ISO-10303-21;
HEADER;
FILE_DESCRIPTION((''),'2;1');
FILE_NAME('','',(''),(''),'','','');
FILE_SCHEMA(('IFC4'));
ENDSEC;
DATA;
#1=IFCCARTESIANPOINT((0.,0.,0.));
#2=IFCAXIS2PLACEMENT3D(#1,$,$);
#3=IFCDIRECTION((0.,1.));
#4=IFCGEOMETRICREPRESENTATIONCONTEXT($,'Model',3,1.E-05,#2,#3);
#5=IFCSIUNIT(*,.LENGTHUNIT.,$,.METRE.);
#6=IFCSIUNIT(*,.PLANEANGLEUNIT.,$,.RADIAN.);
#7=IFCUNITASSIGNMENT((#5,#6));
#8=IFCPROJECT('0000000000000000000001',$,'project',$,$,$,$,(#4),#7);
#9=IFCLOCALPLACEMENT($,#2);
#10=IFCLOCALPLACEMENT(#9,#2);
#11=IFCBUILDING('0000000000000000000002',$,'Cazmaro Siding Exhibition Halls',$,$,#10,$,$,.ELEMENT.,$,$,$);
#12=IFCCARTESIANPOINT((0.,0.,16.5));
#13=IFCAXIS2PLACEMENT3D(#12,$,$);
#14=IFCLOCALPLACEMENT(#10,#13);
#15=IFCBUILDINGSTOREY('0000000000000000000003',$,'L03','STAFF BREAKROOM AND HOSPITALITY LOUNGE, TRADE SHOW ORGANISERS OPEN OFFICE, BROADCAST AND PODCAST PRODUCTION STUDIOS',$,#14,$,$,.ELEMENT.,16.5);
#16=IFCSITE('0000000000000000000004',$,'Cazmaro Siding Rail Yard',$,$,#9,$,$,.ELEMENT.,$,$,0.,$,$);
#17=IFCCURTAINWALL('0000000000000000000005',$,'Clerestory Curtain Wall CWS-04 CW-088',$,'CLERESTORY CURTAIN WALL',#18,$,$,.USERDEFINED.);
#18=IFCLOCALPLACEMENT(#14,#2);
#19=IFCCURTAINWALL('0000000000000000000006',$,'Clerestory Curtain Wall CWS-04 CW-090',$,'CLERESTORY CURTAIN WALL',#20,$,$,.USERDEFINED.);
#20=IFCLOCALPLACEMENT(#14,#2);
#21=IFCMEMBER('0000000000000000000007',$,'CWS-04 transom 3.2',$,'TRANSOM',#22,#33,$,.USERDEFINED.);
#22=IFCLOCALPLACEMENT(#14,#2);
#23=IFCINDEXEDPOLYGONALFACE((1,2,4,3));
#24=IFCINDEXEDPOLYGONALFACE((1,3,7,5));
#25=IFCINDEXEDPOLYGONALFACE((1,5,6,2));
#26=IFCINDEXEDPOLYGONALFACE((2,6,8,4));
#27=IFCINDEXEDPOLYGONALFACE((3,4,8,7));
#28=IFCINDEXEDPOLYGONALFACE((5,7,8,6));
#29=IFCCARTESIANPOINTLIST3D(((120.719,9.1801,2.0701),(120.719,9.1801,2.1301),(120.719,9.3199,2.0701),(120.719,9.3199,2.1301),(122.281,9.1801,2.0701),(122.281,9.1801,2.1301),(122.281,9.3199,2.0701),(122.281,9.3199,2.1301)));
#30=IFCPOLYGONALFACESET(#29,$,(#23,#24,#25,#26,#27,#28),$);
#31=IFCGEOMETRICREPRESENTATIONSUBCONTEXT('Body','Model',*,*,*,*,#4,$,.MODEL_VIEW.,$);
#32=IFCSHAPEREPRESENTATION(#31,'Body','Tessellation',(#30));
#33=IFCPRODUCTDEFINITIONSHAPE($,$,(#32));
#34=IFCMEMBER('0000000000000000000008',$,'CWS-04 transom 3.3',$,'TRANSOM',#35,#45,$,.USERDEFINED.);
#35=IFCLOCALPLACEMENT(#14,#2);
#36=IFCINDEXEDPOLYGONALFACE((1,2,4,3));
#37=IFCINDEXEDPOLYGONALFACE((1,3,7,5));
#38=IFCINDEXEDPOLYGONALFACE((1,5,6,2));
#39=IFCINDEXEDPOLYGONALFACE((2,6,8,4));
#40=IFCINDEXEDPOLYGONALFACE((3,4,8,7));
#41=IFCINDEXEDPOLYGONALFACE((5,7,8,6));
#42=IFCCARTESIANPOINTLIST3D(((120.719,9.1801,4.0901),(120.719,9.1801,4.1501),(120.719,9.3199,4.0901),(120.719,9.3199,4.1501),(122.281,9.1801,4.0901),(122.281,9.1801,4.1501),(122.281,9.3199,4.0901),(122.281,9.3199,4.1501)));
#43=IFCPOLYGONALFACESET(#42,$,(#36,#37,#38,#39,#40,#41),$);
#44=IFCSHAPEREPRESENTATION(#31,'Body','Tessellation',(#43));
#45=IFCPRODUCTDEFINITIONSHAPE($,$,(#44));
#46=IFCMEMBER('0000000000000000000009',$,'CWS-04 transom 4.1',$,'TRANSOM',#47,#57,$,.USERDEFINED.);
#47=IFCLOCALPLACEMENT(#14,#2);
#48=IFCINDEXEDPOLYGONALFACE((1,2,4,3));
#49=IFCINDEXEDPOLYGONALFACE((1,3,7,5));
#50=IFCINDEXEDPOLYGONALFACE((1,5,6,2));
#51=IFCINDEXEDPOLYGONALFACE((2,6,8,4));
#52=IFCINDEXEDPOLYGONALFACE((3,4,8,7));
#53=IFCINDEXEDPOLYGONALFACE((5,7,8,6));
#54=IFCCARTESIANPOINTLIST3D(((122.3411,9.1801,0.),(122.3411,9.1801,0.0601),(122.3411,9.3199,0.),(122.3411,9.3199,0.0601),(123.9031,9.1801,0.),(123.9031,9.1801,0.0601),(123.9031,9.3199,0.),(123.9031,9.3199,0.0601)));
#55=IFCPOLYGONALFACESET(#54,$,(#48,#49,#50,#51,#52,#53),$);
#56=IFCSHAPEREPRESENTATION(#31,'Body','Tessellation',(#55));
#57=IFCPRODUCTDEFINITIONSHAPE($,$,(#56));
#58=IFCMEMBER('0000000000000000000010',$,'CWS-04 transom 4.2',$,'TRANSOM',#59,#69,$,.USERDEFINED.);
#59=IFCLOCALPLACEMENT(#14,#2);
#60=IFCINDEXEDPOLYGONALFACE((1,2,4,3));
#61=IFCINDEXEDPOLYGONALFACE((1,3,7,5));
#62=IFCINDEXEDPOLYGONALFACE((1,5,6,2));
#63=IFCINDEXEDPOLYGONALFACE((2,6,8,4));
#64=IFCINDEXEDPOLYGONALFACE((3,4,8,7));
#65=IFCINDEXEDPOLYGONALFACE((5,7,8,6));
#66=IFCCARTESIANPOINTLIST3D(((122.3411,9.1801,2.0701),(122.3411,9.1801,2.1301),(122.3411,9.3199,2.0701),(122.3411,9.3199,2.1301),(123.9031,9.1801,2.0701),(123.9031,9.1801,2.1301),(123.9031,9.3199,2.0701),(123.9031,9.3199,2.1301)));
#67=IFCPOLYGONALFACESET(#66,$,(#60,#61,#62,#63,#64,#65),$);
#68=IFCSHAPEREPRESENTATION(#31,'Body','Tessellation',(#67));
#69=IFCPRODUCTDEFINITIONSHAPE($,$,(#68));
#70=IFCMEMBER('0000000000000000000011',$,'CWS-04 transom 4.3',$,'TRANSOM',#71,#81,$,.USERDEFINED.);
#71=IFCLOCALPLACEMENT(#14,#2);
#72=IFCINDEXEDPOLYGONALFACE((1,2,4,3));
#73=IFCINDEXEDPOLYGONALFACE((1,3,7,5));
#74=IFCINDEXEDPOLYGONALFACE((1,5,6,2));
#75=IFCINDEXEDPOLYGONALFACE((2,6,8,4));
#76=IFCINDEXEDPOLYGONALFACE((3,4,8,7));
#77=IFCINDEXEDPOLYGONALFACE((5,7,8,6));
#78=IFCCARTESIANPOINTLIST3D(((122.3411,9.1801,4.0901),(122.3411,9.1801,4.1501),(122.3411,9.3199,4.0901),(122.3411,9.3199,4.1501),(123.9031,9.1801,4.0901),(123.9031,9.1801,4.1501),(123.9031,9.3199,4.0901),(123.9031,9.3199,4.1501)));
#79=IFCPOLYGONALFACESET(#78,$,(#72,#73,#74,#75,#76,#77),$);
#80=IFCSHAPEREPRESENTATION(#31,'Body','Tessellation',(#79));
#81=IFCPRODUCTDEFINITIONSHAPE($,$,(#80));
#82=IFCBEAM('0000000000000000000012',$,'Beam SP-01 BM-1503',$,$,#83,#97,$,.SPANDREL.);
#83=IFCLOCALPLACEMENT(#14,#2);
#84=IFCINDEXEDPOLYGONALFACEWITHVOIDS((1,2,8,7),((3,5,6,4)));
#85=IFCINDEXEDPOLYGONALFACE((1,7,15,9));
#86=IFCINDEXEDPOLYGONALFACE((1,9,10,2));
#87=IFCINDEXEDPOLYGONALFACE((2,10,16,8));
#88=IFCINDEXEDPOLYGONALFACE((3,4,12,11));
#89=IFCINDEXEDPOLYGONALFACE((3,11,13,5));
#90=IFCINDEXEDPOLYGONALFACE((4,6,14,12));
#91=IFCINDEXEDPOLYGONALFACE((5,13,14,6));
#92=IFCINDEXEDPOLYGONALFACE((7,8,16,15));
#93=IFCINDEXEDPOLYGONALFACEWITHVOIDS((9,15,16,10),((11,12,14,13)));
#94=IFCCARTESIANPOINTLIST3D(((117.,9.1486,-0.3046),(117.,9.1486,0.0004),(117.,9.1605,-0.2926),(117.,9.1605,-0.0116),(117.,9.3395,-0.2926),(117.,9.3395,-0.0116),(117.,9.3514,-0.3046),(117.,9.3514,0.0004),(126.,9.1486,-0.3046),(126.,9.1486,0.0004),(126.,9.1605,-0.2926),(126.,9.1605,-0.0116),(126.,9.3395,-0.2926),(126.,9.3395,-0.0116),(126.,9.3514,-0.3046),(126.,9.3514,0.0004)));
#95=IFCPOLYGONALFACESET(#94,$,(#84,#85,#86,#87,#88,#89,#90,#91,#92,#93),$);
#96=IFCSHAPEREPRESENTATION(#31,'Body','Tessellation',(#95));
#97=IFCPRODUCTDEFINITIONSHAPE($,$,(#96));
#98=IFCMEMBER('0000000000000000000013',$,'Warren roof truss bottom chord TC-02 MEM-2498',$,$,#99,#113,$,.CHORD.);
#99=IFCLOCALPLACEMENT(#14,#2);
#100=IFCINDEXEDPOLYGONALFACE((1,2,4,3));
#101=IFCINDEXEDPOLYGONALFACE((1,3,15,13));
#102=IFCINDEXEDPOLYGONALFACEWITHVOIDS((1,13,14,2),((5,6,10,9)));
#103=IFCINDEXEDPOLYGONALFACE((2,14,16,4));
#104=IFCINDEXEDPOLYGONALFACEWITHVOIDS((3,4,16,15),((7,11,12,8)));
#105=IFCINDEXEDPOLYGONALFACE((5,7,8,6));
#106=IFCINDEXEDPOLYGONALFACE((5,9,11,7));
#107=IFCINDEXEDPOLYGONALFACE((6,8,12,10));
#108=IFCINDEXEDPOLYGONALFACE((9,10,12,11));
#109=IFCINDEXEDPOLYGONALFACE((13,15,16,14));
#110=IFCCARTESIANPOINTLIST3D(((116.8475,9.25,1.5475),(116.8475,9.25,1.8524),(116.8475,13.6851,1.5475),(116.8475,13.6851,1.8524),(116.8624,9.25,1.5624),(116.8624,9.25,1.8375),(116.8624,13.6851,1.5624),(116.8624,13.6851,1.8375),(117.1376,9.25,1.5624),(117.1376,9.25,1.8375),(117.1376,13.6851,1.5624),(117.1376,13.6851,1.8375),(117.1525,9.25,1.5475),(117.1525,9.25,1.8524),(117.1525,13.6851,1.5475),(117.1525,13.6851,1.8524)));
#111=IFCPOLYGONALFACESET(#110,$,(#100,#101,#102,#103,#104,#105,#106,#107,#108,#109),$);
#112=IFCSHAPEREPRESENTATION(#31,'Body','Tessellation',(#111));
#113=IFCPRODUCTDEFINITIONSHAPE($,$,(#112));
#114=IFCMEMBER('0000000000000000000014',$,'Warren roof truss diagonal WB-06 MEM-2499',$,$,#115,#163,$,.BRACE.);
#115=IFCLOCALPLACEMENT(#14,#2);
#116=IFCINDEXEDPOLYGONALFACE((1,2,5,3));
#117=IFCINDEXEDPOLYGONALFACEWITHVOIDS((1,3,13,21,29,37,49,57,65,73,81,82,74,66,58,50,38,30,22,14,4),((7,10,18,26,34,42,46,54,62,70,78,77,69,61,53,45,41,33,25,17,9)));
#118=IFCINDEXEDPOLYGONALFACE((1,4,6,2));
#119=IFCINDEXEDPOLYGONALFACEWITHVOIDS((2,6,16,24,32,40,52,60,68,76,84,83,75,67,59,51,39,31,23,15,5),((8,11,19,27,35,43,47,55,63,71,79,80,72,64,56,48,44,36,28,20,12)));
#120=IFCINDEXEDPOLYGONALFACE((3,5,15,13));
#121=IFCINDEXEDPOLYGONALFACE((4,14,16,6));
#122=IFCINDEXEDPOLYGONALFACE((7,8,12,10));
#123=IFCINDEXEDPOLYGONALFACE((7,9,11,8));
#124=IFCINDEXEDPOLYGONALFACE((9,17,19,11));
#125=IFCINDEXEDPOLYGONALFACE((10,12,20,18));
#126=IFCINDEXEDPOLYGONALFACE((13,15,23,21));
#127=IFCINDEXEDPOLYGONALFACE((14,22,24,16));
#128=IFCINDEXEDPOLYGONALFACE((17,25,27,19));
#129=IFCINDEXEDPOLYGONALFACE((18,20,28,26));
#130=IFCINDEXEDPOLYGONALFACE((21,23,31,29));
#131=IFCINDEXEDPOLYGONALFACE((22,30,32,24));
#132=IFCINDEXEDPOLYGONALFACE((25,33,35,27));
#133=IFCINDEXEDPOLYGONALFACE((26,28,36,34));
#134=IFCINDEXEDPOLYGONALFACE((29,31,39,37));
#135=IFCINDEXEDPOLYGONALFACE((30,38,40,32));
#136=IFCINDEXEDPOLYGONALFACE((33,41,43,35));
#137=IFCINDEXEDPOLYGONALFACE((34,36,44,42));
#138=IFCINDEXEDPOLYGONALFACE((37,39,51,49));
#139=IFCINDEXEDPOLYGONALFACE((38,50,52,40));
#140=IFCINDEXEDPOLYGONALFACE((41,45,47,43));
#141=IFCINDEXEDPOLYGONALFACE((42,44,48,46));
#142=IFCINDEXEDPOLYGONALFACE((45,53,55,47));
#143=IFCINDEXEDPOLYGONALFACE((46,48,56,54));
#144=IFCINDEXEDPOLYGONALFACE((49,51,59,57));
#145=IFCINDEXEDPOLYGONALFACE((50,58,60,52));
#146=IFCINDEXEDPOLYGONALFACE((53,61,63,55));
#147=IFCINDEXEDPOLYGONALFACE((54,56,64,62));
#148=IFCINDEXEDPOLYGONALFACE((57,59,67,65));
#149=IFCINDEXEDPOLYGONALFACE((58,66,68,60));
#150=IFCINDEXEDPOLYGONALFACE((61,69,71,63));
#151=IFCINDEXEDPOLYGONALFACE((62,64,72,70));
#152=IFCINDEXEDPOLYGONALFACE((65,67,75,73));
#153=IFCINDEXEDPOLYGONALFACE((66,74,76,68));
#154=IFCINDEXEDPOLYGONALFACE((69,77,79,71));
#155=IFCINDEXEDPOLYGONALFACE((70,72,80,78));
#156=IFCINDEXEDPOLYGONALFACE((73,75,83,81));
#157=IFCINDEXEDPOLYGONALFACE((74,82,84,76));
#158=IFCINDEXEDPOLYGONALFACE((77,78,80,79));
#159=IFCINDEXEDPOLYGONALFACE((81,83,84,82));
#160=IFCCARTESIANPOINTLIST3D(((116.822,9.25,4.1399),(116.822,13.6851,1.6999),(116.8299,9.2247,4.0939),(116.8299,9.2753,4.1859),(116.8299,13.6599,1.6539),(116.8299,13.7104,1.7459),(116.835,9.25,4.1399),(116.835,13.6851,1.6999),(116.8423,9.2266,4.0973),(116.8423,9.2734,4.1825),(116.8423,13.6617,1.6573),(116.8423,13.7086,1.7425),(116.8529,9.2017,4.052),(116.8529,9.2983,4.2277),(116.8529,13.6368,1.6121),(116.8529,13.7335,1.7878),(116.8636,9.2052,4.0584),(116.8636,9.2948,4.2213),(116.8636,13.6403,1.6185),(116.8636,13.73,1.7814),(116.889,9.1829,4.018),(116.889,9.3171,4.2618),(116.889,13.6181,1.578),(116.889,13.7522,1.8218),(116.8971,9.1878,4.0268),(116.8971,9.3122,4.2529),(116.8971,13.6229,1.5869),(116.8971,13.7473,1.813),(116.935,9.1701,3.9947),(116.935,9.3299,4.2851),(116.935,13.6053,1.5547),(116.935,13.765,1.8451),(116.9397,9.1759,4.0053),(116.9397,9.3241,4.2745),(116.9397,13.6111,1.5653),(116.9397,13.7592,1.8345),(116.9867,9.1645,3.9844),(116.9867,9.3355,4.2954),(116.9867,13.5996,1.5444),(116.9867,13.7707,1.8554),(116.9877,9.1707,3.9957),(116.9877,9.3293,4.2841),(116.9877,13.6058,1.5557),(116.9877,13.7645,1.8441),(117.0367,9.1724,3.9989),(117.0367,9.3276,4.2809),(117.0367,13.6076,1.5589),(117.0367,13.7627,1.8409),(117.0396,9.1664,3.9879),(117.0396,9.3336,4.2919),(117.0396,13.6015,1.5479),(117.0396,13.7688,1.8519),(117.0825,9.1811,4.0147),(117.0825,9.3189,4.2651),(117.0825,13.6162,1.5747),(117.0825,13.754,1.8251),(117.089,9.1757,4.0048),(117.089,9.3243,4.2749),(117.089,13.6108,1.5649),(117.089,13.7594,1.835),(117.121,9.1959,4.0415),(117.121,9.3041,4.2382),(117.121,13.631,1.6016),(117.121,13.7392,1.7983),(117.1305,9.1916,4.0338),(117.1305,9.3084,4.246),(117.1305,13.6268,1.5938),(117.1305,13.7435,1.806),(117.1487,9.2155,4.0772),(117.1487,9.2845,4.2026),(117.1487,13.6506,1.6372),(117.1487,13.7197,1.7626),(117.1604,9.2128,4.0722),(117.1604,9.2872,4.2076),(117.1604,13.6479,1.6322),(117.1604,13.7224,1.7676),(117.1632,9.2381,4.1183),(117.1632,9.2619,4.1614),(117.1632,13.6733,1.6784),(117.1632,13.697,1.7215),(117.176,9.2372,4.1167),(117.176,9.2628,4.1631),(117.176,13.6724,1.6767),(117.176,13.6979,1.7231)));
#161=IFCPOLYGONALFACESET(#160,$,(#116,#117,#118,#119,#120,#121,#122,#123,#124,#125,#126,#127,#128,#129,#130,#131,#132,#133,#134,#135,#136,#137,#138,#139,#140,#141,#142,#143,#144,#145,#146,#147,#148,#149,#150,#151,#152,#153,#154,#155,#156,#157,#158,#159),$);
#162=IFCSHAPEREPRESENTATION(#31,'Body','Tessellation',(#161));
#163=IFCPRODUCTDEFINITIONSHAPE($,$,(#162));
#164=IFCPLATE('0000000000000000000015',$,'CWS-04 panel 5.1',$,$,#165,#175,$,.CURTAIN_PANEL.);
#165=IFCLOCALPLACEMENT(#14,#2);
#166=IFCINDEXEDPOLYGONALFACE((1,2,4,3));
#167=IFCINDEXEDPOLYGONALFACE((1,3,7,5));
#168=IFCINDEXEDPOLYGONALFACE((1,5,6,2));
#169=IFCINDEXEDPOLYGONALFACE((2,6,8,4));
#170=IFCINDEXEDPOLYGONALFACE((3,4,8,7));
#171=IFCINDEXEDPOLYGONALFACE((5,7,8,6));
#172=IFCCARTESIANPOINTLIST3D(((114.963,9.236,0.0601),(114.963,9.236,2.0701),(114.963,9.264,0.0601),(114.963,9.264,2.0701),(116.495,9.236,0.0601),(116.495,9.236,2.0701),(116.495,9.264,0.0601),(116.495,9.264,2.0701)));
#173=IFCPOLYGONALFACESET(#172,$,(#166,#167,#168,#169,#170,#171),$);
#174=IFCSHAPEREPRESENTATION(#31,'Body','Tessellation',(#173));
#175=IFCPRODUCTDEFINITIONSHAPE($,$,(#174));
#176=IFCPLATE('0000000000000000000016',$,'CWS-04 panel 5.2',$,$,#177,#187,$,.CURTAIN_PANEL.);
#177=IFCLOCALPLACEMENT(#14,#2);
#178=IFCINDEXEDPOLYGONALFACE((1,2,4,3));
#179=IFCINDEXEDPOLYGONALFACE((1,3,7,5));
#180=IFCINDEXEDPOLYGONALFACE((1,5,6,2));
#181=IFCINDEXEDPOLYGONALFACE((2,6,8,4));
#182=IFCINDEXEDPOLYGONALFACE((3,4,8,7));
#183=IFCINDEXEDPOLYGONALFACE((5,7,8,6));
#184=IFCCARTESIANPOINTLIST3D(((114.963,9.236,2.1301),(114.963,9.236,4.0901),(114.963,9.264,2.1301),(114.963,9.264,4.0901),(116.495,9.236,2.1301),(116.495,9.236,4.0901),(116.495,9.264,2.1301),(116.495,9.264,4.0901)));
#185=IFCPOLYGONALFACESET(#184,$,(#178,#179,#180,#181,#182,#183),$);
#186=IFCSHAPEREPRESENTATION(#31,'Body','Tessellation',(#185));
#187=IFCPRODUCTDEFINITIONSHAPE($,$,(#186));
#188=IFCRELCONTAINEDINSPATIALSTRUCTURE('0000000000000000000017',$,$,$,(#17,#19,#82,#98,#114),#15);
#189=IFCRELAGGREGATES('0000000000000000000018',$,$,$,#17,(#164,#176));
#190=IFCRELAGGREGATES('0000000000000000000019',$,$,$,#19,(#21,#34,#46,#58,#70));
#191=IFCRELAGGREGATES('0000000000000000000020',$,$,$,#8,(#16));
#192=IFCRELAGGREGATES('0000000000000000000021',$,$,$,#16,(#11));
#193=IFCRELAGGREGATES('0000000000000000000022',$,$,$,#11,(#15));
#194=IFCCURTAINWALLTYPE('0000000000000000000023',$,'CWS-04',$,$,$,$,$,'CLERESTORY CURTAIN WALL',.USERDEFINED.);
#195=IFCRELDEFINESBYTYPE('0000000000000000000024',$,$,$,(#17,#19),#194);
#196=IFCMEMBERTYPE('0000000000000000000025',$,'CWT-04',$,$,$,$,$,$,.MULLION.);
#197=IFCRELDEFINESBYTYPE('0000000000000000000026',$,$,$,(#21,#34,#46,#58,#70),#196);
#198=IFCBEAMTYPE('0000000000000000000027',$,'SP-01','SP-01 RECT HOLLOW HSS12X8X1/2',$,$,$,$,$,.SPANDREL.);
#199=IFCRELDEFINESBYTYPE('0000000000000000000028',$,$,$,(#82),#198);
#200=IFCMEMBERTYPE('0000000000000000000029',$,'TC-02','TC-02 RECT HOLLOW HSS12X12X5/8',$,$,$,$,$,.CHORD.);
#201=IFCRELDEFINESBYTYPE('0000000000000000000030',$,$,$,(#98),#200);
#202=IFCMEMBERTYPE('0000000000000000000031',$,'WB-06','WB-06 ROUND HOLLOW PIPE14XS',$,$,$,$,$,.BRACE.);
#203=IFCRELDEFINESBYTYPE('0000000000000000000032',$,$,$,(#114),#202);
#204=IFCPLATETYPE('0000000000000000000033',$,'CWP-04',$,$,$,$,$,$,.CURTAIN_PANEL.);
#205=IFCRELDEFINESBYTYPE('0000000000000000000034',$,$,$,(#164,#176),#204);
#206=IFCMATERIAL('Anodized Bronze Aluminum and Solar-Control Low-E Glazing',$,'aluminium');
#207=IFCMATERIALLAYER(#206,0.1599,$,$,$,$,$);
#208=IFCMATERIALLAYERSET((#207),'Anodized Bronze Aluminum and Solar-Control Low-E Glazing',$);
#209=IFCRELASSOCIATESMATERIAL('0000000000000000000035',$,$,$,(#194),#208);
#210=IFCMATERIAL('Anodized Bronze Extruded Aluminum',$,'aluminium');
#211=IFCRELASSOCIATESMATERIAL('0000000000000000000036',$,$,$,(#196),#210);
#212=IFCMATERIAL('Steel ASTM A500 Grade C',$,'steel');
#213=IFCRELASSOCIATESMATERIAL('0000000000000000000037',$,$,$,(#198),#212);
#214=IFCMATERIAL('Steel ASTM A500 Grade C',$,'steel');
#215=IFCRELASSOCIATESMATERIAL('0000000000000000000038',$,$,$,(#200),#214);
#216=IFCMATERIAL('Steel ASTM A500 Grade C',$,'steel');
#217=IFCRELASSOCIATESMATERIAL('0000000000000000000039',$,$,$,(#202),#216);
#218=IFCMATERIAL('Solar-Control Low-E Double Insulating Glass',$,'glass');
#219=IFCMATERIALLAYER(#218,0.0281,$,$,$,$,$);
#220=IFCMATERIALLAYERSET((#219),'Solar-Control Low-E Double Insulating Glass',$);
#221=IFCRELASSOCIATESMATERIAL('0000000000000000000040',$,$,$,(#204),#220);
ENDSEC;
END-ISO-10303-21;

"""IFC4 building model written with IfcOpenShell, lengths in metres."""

from ifc_helpers import new_model, si_unit, direction, frame, origin, origin_2d, place, context, subcontext, project, spatial, rectangle, hollow_rectangle, hollow_circle, extrude, material, layer, layer_set, material_profile, profile_set, type_object, element, aggregate, save


model = new_model("IFC4")

# Units and contexts
model_context = context("Model", 3, precision=1e-05, world=origin(), true_north=direction((0.0, 1.0)))
body_context = subcontext(model_context, "Body", "Model", "MODEL_VIEW")
ifc_project = project(units=[si_unit("LENGTHUNIT", "METRE"), si_unit("PLANEANGLEUNIT", "RADIAN")], contexts=[model_context])

# Site, building, storey
site_placement = place(None, origin())
site = spatial("IfcSite", under=ifc_project, at=site_placement, Name="Cazmaro Siding Rail Yard", CompositionType="ELEMENT", RefElevation=0.0)
building_placement = place(site_placement, origin())
building = spatial("IfcBuilding", under=site, at=building_placement, Name="Cazmaro Siding Exhibition Halls", CompositionType="ELEMENT")
storey_placement = place(building_placement, frame((0.0, 0.0, 16.5)))
storey = spatial("IfcBuildingStorey", under=building, at=storey_placement, Name="L03", Description="STAFF BREAKROOM AND HOSPITALITY LOUNGE, TRADE SHOW ORGANISERS OPEN OFFICE, BROADCAST AND PODCAST PRODUCTION STUDIOS", CompositionType="ELEMENT", Elevation=16.5)

# Curtain wall
ifc_material_1 = material(Name="Anodized Bronze Aluminum and Solar-Control Low-E Glazing", Category="aluminium")
ifc_layer_1 = layer(ifc_material_1, 0.1599)
ifc_layer_set_1 = layer_set([ifc_layer_1], Name="Anodized Bronze Aluminum and Solar-Control Low-E Glazing")
curtain_wall_type = type_object("IfcCurtainWallType", Name="CWS-04", ElementType="CLERESTORY CURTAIN WALL", PredefinedType="USERDEFINED", material=ifc_layer_set_1)
curtain_wall_1_placement = place(storey_placement, origin())
curtain_wall_1 = element("IfcCurtainWall", 1, at=curtain_wall_1_placement, inside=storey, type_object=curtain_wall_type, Name="Clerestory Curtain Wall CWS-04 CW-088", ObjectType="CLERESTORY CURTAIN WALL", PredefinedType="USERDEFINED")

# Curtain wall, members
curtain_wall_2_placement = place(storey_placement, origin())
curtain_wall_2 = element("IfcCurtainWall", 2, at=curtain_wall_2_placement, inside=storey, type_object=curtain_wall_type, Name="Clerestory Curtain Wall CWS-04 CW-090", ObjectType="CLERESTORY CURTAIN WALL", PredefinedType="USERDEFINED")
ifc_material_2 = material(Name="Anodized Bronze Extruded Aluminum", Category="aluminium")
ifc_material_profile_1 = material_profile(ifc_material_2, rectangle(XDim=0.1399, YDim=0.0601, at=origin_2d()), Name="CWT-04")
ifc_profile_set_1 = profile_set([ifc_material_profile_1], Name="Anodized Bronze Extruded Aluminum")
member_type_1 = type_object("IfcMemberType", Name="CWT-04", PredefinedType="MULLION", material=ifc_profile_set_1)
member_1_placement = place(storey_placement, frame((120.719, 9.25, 2.1001), z_axis=(1.0, 0.0, 0.0), x_axis=(0.0, 1.0, 0.0)))
member_1 = element("IfcMember", 3, at=member_1_placement, type_object=member_type_1, Name="CWS-04 transom 3.2", ObjectType="TRANSOM", PredefinedType="USERDEFINED", context=body_context, shape_type="SweptSolid", body=[
    extrude(rectangle(XDim=0.1399, YDim=0.0601, at=origin_2d()), origin(), (0.0, 0.0, 1.0), 1.562),
])
member_2_placement = place(storey_placement, frame((120.719, 9.25, 4.1201), z_axis=(1.0, 0.0, 0.0), x_axis=(0.0, 1.0, 0.0)))
member_2 = element("IfcMember", 4, at=member_2_placement, type_object=member_type_1, Name="CWS-04 transom 3.3", ObjectType="TRANSOM", PredefinedType="USERDEFINED", context=body_context, shape_type="SweptSolid", body=[
    extrude(rectangle(XDim=0.1399, YDim=0.0601, at=origin_2d()), origin(), (0.0, 0.0, 1.0), 1.562),
])
member_3_placement = place(storey_placement, frame((122.3411, 9.25, 0.03), z_axis=(1.0, 0.0, 0.0), x_axis=(0.0, 1.0, 0.0)))
member_3 = element("IfcMember", 5, at=member_3_placement, type_object=member_type_1, Name="CWS-04 transom 4.1", ObjectType="TRANSOM", PredefinedType="USERDEFINED", context=body_context, shape_type="SweptSolid", body=[
    extrude(rectangle(XDim=0.1399, YDim=0.0601, at=origin_2d()), origin(), (0.0, 0.0, 1.0), 1.562),
])
member_4_placement = place(storey_placement, frame((122.3411, 9.25, 2.1001), z_axis=(1.0, 0.0, 0.0), x_axis=(0.0, 1.0, 0.0)))
member_4 = element("IfcMember", 6, at=member_4_placement, type_object=member_type_1, Name="CWS-04 transom 4.2", ObjectType="TRANSOM", PredefinedType="USERDEFINED", context=body_context, shape_type="SweptSolid", body=[
    extrude(rectangle(XDim=0.1399, YDim=0.0601, at=origin_2d()), origin(), (0.0, 0.0, 1.0), 1.562),
])
member_5_placement = place(storey_placement, frame((122.3411, 9.25, 4.1201), z_axis=(1.0, 0.0, 0.0), x_axis=(0.0, 1.0, 0.0)))
member_5 = element("IfcMember", 7, at=member_5_placement, type_object=member_type_1, Name="CWS-04 transom 4.3", ObjectType="TRANSOM", PredefinedType="USERDEFINED", context=body_context, shape_type="SweptSolid", body=[
    extrude(rectangle(XDim=0.1399, YDim=0.0601, at=origin_2d()), origin(), (0.0, 0.0, 1.0), 1.562),
])

# Beam
ifc_material_3 = material(Name="Steel ASTM A500 Grade C", Category="steel")
ifc_material_profile_2 = material_profile(ifc_material_3, hollow_rectangle(XDim=0.2029, YDim=0.3049, WallThickness=0.012, at=origin_2d()), Name="HSS12X8X1/2")
ifc_profile_set_2 = profile_set([ifc_material_profile_2], Name="Steel ASTM A500 Grade C")
beam_type = type_object("IfcBeamType", Name="SP-01", Description="SP-01 RECT HOLLOW HSS12X8X1/2", PredefinedType="SPANDREL", material=ifc_profile_set_2)
beam_placement = place(storey_placement, frame((117.0, 9.25, -0.1521), z_axis=(1.0, 0.0, 0.0), x_axis=(0.0, 1.0, 0.0)))
element("IfcBeam", 8, at=beam_placement, inside=storey, type_object=beam_type, Name="Beam SP-01 BM-1503", PredefinedType="SPANDREL", context=body_context, shape_type="SweptSolid", body=[
    extrude(hollow_rectangle(XDim=0.2029, YDim=0.3049, WallThickness=0.012, at=origin_2d()), origin(), (0.0, 0.0, 1.0), 9.0),
])

# Members
ifc_material_4 = material(Name="Steel ASTM A500 Grade C", Category="steel")
ifc_material_profile_3 = material_profile(ifc_material_4, hollow_rectangle(XDim=0.3049, YDim=0.3049, WallThickness=0.0149, at=origin_2d()), Name="HSS12X12X5/8")
ifc_profile_set_3 = profile_set([ifc_material_profile_3], Name="Steel ASTM A500 Grade C")
member_type_2 = type_object("IfcMemberType", Name="TC-02", Description="TC-02 RECT HOLLOW HSS12X12X5/8", PredefinedType="CHORD", material=ifc_profile_set_3)
member_6_placement = place(storey_placement, frame((117.0, 9.25, 1.7), z_axis=(0.0, 1.0, 0.0), x_axis=(-1.0, 0.0, 0.0)))
element("IfcMember", 9, at=member_6_placement, inside=storey, type_object=member_type_2, Name="Warren roof truss bottom chord TC-02 MEM-2498", PredefinedType="CHORD", context=body_context, shape_type="SweptSolid", body=[
    extrude(hollow_rectangle(XDim=0.3049, YDim=0.3049, WallThickness=0.0149, at=origin_2d()), origin(), (0.0, 0.0, 1.0), 4.4351),
])
ifc_material_5 = material(Name="Steel ASTM A500 Grade C", Category="steel")
ifc_material_profile_4 = material_profile(ifc_material_5, hollow_circle(Radius=0.178, WallThickness=0.0129, at=origin_2d()), Name="PIPE14XS")
ifc_profile_set_4 = profile_set([ifc_material_profile_4], Name="Steel ASTM A500 Grade C")
member_type_3 = type_object("IfcMemberType", Name="WB-06", Description="WB-06 ROUND HOLLOW PIPE14XS", PredefinedType="BRACE", material=ifc_profile_set_4)
member_7_placement = place(storey_placement, frame((117.0, 9.25, 4.1399), z_axis=(0.0, 0.876161, -0.482019), x_axis=(-1.0, 0.0, 0.0)))
element("IfcMember", 10, at=member_7_placement, inside=storey, type_object=member_type_3, Name="Warren roof truss diagonal WB-06 MEM-2499", PredefinedType="BRACE", context=body_context, shape_type="SweptSolid", body=[
    extrude(hollow_circle(Radius=0.178, WallThickness=0.0129, at=origin_2d()), origin(), (0.0, 0.0, 1.0), 5.062),
])

# Plates
ifc_material_6 = material(Name="Solar-Control Low-E Double Insulating Glass", Category="glass")
ifc_layer_2 = layer(ifc_material_6, 0.0281)
ifc_layer_set_2 = layer_set([ifc_layer_2], Name="Solar-Control Low-E Double Insulating Glass")
plate_type = type_object("IfcPlateType", Name="CWP-04", PredefinedType="CURTAIN_PANEL", material=ifc_layer_set_2)
plate_1_placement = place(storey_placement, frame((115.729, 9.25, 0.0601), z_axis=(0.0, 0.0, 1.0), x_axis=(1.0, 0.0, 0.0)))
plate_1 = element("IfcPlate", 11, at=plate_1_placement, type_object=plate_type, Name="CWS-04 panel 5.1", PredefinedType="CURTAIN_PANEL", context=body_context, shape_type="SweptSolid", body=[
    extrude(rectangle(XDim=1.532, YDim=0.0281, at=origin_2d()), origin(), (0.0, 0.0, 1.0), 2.01),
])
plate_2_placement = place(storey_placement, frame((115.729, 9.25, 2.1301), z_axis=(0.0, 0.0, 1.0), x_axis=(1.0, 0.0, 0.0)))
plate_2 = element("IfcPlate", 12, at=plate_2_placement, type_object=plate_type, Name="CWS-04 panel 5.2", PredefinedType="CURTAIN_PANEL", context=body_context, shape_type="SweptSolid", body=[
    extrude(rectangle(XDim=1.532, YDim=0.0281, at=origin_2d()), origin(), (0.0, 0.0, 1.0), 1.96),
])
aggregate(curtain_wall_1, [plate_1, plate_2])
aggregate(curtain_wall_2, [member_1, member_2, member_3, member_4, member_5])

save(model, "model.ifc")
